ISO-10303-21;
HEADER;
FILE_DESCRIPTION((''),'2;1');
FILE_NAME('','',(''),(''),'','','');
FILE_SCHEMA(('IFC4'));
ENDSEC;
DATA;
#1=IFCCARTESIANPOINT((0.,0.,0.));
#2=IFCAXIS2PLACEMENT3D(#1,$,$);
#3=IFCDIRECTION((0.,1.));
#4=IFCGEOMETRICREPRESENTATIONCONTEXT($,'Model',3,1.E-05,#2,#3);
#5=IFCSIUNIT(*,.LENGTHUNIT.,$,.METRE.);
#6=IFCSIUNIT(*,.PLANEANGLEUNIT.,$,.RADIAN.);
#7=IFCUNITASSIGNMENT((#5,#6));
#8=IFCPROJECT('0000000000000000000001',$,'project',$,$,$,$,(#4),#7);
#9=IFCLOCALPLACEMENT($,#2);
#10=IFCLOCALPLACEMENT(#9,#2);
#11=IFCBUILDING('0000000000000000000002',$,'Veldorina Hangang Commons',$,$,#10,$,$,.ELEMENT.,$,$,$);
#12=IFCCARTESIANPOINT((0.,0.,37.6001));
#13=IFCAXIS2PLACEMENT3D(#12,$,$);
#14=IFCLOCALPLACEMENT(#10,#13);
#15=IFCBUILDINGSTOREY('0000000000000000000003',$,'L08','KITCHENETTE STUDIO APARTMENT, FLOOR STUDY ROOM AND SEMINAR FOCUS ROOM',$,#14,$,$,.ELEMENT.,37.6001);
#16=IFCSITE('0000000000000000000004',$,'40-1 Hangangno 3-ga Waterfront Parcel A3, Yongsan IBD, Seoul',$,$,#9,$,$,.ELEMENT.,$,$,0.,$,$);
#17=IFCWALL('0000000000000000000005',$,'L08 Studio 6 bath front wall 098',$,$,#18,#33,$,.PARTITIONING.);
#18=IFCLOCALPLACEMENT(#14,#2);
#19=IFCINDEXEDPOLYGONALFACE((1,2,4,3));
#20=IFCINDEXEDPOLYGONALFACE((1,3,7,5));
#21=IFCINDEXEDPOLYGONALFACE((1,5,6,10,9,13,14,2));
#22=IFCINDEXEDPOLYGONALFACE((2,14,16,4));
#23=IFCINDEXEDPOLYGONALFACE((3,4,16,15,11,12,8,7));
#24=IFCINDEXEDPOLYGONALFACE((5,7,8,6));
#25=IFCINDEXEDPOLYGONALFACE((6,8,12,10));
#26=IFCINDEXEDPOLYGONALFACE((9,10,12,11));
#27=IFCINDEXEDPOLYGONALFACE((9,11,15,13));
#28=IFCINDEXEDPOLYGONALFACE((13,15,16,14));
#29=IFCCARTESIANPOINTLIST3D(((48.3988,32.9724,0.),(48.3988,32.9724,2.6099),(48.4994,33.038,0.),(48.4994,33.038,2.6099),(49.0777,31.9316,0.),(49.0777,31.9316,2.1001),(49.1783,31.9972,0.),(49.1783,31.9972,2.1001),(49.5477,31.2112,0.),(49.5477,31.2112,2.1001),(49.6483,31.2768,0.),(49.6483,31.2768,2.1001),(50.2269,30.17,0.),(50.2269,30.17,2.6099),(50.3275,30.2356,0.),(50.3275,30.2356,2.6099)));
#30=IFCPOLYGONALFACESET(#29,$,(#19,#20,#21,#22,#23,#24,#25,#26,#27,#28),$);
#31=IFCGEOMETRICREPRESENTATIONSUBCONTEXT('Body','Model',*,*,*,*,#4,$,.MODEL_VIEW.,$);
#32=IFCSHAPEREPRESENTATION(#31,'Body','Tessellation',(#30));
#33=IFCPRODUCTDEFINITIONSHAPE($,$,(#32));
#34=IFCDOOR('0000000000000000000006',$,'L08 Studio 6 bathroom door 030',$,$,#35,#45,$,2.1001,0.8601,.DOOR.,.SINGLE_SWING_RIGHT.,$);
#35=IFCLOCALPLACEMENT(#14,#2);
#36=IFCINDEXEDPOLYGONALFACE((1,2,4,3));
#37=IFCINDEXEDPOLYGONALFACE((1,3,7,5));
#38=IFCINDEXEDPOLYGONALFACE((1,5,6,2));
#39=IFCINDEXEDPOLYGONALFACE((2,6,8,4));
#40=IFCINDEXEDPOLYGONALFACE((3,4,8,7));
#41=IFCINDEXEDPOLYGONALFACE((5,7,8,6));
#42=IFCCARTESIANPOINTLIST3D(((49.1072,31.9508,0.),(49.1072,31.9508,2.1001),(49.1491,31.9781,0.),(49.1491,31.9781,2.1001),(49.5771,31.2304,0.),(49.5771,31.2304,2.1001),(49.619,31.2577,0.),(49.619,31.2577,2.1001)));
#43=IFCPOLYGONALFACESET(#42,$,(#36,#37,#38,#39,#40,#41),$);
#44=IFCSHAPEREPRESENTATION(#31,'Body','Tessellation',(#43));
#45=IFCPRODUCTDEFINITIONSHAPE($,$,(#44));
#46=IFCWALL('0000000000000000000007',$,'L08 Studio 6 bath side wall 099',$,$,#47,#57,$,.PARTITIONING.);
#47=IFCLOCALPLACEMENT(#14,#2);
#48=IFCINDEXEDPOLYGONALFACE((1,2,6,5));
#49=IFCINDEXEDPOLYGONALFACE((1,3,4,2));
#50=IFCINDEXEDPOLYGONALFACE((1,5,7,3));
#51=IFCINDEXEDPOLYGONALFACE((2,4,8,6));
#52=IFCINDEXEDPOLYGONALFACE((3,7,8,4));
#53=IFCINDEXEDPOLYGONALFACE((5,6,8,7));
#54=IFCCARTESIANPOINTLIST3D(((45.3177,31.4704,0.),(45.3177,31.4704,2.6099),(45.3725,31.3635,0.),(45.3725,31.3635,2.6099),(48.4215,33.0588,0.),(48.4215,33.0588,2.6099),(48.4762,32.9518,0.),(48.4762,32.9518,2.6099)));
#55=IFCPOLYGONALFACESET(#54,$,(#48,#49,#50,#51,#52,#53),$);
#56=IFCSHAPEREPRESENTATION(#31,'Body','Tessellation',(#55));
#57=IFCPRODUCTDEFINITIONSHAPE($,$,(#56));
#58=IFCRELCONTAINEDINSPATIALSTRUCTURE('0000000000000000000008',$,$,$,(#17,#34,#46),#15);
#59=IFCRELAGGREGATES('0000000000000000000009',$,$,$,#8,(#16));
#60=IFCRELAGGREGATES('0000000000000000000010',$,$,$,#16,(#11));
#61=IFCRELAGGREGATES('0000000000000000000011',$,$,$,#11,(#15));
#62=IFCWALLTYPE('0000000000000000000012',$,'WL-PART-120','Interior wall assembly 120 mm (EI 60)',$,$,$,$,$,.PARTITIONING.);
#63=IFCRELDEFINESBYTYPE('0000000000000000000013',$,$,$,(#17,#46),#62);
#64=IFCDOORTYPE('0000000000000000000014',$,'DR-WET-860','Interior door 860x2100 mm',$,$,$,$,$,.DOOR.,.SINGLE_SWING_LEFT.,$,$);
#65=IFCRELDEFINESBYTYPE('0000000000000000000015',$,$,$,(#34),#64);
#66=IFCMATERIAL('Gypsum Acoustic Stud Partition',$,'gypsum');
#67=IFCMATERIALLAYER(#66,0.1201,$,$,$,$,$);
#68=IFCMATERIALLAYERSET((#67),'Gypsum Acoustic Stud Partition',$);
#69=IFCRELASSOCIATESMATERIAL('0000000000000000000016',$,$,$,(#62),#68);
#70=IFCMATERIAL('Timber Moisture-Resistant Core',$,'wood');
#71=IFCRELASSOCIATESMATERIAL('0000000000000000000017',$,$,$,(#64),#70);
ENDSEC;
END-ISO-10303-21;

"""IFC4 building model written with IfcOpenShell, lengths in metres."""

from ifc_helpers import new_model, si_unit, direction, frame, frame_2d, origin, place, context, subcontext, project, spatial, rectangle, extrude, material, layer, layer_set, type_object, element, fill, save


model = new_model("IFC4")

# Units and contexts
model_context = context("Model", 3, precision=1e-05, world=origin(), true_north=direction((0.0, 1.0)))
body_context = subcontext(model_context, "Body", "Model", "MODEL_VIEW")
ifc_project = project(units=[si_unit("LENGTHUNIT", "METRE"), si_unit("PLANEANGLEUNIT", "RADIAN")], contexts=[model_context])

# Site, building, storey
site_placement = place(None, origin())
site = spatial("IfcSite", under=ifc_project, at=site_placement, Name="40-1 Hangangno 3-ga Waterfront Parcel A3, Yongsan IBD, Seoul", CompositionType="ELEMENT", RefElevation=0.0)
building_placement = place(site_placement, origin())
building = spatial("IfcBuilding", under=site, at=building_placement, Name="Veldorina Hangang Commons", CompositionType="ELEMENT")
storey_placement = place(building_placement, frame((0.0, 0.0, 37.6001)))
storey = spatial("IfcBuildingStorey", under=building, at=storey_placement, Name="L08", Description="KITCHENETTE STUDIO APARTMENT, FLOOR STUDY ROOM AND SEMINAR FOCUS ROOM", CompositionType="ELEMENT", Elevation=37.6001)

# Shared definitions
ifc_material_1 = material(Name="Gypsum Acoustic Stud Partition", Category="gypsum")
ifc_layer_1 = layer(ifc_material_1, 0.1201)
ifc_layer_set_1 = layer_set([ifc_layer_1], Name="Gypsum Acoustic Stud Partition")
wall_type_1 = type_object("IfcWallType", Name="WL-PART-120", Description="Interior wall assembly 120 mm (EI 60)", PredefinedType="PARTITIONING", material=ifc_layer_set_1)
ifc_material_2 = material(Name="Timber Moisture-Resistant Core", Category="wood")
door_type_1 = type_object("IfcDoorType", Name="DR-WET-860", Description="Interior door 860x2100 mm", OperationType="SINGLE_SWING_LEFT", PredefinedType="DOOR", material=ifc_material_2)

# Wall, opening, door
wall_1_placement = place(storey_placement, frame((50.2771, 30.2029, 0.0), z_axis=(0.0, 0.0, 1.0), x_axis=(-0.546355, 0.837554, 0.0)))
wall_1 = element("IfcWall", 1, at=wall_1_placement, inside=storey, type_object=wall_type_1, Name="L08 Studio 6 bath front wall 098", PredefinedType="PARTITIONING", context=body_context, shape_type="SweptSolid", body=[
    extrude(rectangle(XDim=3.3459, YDim=0.1201, at=frame_2d((1.6729, 0.0))), origin(), (0.0, 0.0, 1.0), 2.6099),
])
opening_1_placement = place(wall_1_placement, frame((1.2429, 0.0, 0.0)))
opening_1 = element("IfcOpeningElement", 2, at=opening_1_placement, cuts=wall_1, PredefinedType="OPENING", context=body_context, shape_type="SweptSolid", body=[
    extrude(rectangle(XDim=0.8601, YDim=2.1001, at=frame_2d((0.4302, 1.05))), frame((0.0, 0.0701, 0.0), z_axis=(0.0, -1.0, 0.0), x_axis=(1.0, 0.0, 0.0)), (0.0, 0.0, 1.0), 0.1401),
])
door_1_placement = place(opening_1_placement, origin())
door_1 = element("IfcDoor", 3, at=door_1_placement, inside=storey, type_object=door_type_1, Name="L08 Studio 6 bathroom door 030", OperationType="SINGLE_SWING_RIGHT", OverallHeight=2.1001, OverallWidth=0.8601, PredefinedType="DOOR", context=body_context, shape_type="SweptSolid", body=[
    extrude(rectangle(XDim=0.8601, YDim=2.1001, at=frame_2d((0.4302, 1.05))), frame((0.0, 0.0249, 0.0), z_axis=(0.0, -1.0, 0.0), x_axis=(1.0, 0.0, 0.0)), (0.0, 0.0, 1.0), 0.05),
])
fill(opening_1, door_1)

# Wall
wall_2_placement = place(storey_placement, frame((45.3452, 31.417, 0.0), z_axis=(0.0, 0.0, 1.0), x_axis=(0.890201, 0.455569, 0.0)))
element("IfcWall", 4, at=wall_2_placement, inside=storey, type_object=wall_type_1, Name="L08 Studio 6 bath side wall 099", PredefinedType="PARTITIONING", context=body_context, shape_type="SweptSolid", body=[
    extrude(rectangle(XDim=3.4866, YDim=0.1201, at=frame_2d((1.7432, 0.0))), origin(), (0.0, 0.0, 1.0), 2.6099),
])

save(model, "model.ifc")
